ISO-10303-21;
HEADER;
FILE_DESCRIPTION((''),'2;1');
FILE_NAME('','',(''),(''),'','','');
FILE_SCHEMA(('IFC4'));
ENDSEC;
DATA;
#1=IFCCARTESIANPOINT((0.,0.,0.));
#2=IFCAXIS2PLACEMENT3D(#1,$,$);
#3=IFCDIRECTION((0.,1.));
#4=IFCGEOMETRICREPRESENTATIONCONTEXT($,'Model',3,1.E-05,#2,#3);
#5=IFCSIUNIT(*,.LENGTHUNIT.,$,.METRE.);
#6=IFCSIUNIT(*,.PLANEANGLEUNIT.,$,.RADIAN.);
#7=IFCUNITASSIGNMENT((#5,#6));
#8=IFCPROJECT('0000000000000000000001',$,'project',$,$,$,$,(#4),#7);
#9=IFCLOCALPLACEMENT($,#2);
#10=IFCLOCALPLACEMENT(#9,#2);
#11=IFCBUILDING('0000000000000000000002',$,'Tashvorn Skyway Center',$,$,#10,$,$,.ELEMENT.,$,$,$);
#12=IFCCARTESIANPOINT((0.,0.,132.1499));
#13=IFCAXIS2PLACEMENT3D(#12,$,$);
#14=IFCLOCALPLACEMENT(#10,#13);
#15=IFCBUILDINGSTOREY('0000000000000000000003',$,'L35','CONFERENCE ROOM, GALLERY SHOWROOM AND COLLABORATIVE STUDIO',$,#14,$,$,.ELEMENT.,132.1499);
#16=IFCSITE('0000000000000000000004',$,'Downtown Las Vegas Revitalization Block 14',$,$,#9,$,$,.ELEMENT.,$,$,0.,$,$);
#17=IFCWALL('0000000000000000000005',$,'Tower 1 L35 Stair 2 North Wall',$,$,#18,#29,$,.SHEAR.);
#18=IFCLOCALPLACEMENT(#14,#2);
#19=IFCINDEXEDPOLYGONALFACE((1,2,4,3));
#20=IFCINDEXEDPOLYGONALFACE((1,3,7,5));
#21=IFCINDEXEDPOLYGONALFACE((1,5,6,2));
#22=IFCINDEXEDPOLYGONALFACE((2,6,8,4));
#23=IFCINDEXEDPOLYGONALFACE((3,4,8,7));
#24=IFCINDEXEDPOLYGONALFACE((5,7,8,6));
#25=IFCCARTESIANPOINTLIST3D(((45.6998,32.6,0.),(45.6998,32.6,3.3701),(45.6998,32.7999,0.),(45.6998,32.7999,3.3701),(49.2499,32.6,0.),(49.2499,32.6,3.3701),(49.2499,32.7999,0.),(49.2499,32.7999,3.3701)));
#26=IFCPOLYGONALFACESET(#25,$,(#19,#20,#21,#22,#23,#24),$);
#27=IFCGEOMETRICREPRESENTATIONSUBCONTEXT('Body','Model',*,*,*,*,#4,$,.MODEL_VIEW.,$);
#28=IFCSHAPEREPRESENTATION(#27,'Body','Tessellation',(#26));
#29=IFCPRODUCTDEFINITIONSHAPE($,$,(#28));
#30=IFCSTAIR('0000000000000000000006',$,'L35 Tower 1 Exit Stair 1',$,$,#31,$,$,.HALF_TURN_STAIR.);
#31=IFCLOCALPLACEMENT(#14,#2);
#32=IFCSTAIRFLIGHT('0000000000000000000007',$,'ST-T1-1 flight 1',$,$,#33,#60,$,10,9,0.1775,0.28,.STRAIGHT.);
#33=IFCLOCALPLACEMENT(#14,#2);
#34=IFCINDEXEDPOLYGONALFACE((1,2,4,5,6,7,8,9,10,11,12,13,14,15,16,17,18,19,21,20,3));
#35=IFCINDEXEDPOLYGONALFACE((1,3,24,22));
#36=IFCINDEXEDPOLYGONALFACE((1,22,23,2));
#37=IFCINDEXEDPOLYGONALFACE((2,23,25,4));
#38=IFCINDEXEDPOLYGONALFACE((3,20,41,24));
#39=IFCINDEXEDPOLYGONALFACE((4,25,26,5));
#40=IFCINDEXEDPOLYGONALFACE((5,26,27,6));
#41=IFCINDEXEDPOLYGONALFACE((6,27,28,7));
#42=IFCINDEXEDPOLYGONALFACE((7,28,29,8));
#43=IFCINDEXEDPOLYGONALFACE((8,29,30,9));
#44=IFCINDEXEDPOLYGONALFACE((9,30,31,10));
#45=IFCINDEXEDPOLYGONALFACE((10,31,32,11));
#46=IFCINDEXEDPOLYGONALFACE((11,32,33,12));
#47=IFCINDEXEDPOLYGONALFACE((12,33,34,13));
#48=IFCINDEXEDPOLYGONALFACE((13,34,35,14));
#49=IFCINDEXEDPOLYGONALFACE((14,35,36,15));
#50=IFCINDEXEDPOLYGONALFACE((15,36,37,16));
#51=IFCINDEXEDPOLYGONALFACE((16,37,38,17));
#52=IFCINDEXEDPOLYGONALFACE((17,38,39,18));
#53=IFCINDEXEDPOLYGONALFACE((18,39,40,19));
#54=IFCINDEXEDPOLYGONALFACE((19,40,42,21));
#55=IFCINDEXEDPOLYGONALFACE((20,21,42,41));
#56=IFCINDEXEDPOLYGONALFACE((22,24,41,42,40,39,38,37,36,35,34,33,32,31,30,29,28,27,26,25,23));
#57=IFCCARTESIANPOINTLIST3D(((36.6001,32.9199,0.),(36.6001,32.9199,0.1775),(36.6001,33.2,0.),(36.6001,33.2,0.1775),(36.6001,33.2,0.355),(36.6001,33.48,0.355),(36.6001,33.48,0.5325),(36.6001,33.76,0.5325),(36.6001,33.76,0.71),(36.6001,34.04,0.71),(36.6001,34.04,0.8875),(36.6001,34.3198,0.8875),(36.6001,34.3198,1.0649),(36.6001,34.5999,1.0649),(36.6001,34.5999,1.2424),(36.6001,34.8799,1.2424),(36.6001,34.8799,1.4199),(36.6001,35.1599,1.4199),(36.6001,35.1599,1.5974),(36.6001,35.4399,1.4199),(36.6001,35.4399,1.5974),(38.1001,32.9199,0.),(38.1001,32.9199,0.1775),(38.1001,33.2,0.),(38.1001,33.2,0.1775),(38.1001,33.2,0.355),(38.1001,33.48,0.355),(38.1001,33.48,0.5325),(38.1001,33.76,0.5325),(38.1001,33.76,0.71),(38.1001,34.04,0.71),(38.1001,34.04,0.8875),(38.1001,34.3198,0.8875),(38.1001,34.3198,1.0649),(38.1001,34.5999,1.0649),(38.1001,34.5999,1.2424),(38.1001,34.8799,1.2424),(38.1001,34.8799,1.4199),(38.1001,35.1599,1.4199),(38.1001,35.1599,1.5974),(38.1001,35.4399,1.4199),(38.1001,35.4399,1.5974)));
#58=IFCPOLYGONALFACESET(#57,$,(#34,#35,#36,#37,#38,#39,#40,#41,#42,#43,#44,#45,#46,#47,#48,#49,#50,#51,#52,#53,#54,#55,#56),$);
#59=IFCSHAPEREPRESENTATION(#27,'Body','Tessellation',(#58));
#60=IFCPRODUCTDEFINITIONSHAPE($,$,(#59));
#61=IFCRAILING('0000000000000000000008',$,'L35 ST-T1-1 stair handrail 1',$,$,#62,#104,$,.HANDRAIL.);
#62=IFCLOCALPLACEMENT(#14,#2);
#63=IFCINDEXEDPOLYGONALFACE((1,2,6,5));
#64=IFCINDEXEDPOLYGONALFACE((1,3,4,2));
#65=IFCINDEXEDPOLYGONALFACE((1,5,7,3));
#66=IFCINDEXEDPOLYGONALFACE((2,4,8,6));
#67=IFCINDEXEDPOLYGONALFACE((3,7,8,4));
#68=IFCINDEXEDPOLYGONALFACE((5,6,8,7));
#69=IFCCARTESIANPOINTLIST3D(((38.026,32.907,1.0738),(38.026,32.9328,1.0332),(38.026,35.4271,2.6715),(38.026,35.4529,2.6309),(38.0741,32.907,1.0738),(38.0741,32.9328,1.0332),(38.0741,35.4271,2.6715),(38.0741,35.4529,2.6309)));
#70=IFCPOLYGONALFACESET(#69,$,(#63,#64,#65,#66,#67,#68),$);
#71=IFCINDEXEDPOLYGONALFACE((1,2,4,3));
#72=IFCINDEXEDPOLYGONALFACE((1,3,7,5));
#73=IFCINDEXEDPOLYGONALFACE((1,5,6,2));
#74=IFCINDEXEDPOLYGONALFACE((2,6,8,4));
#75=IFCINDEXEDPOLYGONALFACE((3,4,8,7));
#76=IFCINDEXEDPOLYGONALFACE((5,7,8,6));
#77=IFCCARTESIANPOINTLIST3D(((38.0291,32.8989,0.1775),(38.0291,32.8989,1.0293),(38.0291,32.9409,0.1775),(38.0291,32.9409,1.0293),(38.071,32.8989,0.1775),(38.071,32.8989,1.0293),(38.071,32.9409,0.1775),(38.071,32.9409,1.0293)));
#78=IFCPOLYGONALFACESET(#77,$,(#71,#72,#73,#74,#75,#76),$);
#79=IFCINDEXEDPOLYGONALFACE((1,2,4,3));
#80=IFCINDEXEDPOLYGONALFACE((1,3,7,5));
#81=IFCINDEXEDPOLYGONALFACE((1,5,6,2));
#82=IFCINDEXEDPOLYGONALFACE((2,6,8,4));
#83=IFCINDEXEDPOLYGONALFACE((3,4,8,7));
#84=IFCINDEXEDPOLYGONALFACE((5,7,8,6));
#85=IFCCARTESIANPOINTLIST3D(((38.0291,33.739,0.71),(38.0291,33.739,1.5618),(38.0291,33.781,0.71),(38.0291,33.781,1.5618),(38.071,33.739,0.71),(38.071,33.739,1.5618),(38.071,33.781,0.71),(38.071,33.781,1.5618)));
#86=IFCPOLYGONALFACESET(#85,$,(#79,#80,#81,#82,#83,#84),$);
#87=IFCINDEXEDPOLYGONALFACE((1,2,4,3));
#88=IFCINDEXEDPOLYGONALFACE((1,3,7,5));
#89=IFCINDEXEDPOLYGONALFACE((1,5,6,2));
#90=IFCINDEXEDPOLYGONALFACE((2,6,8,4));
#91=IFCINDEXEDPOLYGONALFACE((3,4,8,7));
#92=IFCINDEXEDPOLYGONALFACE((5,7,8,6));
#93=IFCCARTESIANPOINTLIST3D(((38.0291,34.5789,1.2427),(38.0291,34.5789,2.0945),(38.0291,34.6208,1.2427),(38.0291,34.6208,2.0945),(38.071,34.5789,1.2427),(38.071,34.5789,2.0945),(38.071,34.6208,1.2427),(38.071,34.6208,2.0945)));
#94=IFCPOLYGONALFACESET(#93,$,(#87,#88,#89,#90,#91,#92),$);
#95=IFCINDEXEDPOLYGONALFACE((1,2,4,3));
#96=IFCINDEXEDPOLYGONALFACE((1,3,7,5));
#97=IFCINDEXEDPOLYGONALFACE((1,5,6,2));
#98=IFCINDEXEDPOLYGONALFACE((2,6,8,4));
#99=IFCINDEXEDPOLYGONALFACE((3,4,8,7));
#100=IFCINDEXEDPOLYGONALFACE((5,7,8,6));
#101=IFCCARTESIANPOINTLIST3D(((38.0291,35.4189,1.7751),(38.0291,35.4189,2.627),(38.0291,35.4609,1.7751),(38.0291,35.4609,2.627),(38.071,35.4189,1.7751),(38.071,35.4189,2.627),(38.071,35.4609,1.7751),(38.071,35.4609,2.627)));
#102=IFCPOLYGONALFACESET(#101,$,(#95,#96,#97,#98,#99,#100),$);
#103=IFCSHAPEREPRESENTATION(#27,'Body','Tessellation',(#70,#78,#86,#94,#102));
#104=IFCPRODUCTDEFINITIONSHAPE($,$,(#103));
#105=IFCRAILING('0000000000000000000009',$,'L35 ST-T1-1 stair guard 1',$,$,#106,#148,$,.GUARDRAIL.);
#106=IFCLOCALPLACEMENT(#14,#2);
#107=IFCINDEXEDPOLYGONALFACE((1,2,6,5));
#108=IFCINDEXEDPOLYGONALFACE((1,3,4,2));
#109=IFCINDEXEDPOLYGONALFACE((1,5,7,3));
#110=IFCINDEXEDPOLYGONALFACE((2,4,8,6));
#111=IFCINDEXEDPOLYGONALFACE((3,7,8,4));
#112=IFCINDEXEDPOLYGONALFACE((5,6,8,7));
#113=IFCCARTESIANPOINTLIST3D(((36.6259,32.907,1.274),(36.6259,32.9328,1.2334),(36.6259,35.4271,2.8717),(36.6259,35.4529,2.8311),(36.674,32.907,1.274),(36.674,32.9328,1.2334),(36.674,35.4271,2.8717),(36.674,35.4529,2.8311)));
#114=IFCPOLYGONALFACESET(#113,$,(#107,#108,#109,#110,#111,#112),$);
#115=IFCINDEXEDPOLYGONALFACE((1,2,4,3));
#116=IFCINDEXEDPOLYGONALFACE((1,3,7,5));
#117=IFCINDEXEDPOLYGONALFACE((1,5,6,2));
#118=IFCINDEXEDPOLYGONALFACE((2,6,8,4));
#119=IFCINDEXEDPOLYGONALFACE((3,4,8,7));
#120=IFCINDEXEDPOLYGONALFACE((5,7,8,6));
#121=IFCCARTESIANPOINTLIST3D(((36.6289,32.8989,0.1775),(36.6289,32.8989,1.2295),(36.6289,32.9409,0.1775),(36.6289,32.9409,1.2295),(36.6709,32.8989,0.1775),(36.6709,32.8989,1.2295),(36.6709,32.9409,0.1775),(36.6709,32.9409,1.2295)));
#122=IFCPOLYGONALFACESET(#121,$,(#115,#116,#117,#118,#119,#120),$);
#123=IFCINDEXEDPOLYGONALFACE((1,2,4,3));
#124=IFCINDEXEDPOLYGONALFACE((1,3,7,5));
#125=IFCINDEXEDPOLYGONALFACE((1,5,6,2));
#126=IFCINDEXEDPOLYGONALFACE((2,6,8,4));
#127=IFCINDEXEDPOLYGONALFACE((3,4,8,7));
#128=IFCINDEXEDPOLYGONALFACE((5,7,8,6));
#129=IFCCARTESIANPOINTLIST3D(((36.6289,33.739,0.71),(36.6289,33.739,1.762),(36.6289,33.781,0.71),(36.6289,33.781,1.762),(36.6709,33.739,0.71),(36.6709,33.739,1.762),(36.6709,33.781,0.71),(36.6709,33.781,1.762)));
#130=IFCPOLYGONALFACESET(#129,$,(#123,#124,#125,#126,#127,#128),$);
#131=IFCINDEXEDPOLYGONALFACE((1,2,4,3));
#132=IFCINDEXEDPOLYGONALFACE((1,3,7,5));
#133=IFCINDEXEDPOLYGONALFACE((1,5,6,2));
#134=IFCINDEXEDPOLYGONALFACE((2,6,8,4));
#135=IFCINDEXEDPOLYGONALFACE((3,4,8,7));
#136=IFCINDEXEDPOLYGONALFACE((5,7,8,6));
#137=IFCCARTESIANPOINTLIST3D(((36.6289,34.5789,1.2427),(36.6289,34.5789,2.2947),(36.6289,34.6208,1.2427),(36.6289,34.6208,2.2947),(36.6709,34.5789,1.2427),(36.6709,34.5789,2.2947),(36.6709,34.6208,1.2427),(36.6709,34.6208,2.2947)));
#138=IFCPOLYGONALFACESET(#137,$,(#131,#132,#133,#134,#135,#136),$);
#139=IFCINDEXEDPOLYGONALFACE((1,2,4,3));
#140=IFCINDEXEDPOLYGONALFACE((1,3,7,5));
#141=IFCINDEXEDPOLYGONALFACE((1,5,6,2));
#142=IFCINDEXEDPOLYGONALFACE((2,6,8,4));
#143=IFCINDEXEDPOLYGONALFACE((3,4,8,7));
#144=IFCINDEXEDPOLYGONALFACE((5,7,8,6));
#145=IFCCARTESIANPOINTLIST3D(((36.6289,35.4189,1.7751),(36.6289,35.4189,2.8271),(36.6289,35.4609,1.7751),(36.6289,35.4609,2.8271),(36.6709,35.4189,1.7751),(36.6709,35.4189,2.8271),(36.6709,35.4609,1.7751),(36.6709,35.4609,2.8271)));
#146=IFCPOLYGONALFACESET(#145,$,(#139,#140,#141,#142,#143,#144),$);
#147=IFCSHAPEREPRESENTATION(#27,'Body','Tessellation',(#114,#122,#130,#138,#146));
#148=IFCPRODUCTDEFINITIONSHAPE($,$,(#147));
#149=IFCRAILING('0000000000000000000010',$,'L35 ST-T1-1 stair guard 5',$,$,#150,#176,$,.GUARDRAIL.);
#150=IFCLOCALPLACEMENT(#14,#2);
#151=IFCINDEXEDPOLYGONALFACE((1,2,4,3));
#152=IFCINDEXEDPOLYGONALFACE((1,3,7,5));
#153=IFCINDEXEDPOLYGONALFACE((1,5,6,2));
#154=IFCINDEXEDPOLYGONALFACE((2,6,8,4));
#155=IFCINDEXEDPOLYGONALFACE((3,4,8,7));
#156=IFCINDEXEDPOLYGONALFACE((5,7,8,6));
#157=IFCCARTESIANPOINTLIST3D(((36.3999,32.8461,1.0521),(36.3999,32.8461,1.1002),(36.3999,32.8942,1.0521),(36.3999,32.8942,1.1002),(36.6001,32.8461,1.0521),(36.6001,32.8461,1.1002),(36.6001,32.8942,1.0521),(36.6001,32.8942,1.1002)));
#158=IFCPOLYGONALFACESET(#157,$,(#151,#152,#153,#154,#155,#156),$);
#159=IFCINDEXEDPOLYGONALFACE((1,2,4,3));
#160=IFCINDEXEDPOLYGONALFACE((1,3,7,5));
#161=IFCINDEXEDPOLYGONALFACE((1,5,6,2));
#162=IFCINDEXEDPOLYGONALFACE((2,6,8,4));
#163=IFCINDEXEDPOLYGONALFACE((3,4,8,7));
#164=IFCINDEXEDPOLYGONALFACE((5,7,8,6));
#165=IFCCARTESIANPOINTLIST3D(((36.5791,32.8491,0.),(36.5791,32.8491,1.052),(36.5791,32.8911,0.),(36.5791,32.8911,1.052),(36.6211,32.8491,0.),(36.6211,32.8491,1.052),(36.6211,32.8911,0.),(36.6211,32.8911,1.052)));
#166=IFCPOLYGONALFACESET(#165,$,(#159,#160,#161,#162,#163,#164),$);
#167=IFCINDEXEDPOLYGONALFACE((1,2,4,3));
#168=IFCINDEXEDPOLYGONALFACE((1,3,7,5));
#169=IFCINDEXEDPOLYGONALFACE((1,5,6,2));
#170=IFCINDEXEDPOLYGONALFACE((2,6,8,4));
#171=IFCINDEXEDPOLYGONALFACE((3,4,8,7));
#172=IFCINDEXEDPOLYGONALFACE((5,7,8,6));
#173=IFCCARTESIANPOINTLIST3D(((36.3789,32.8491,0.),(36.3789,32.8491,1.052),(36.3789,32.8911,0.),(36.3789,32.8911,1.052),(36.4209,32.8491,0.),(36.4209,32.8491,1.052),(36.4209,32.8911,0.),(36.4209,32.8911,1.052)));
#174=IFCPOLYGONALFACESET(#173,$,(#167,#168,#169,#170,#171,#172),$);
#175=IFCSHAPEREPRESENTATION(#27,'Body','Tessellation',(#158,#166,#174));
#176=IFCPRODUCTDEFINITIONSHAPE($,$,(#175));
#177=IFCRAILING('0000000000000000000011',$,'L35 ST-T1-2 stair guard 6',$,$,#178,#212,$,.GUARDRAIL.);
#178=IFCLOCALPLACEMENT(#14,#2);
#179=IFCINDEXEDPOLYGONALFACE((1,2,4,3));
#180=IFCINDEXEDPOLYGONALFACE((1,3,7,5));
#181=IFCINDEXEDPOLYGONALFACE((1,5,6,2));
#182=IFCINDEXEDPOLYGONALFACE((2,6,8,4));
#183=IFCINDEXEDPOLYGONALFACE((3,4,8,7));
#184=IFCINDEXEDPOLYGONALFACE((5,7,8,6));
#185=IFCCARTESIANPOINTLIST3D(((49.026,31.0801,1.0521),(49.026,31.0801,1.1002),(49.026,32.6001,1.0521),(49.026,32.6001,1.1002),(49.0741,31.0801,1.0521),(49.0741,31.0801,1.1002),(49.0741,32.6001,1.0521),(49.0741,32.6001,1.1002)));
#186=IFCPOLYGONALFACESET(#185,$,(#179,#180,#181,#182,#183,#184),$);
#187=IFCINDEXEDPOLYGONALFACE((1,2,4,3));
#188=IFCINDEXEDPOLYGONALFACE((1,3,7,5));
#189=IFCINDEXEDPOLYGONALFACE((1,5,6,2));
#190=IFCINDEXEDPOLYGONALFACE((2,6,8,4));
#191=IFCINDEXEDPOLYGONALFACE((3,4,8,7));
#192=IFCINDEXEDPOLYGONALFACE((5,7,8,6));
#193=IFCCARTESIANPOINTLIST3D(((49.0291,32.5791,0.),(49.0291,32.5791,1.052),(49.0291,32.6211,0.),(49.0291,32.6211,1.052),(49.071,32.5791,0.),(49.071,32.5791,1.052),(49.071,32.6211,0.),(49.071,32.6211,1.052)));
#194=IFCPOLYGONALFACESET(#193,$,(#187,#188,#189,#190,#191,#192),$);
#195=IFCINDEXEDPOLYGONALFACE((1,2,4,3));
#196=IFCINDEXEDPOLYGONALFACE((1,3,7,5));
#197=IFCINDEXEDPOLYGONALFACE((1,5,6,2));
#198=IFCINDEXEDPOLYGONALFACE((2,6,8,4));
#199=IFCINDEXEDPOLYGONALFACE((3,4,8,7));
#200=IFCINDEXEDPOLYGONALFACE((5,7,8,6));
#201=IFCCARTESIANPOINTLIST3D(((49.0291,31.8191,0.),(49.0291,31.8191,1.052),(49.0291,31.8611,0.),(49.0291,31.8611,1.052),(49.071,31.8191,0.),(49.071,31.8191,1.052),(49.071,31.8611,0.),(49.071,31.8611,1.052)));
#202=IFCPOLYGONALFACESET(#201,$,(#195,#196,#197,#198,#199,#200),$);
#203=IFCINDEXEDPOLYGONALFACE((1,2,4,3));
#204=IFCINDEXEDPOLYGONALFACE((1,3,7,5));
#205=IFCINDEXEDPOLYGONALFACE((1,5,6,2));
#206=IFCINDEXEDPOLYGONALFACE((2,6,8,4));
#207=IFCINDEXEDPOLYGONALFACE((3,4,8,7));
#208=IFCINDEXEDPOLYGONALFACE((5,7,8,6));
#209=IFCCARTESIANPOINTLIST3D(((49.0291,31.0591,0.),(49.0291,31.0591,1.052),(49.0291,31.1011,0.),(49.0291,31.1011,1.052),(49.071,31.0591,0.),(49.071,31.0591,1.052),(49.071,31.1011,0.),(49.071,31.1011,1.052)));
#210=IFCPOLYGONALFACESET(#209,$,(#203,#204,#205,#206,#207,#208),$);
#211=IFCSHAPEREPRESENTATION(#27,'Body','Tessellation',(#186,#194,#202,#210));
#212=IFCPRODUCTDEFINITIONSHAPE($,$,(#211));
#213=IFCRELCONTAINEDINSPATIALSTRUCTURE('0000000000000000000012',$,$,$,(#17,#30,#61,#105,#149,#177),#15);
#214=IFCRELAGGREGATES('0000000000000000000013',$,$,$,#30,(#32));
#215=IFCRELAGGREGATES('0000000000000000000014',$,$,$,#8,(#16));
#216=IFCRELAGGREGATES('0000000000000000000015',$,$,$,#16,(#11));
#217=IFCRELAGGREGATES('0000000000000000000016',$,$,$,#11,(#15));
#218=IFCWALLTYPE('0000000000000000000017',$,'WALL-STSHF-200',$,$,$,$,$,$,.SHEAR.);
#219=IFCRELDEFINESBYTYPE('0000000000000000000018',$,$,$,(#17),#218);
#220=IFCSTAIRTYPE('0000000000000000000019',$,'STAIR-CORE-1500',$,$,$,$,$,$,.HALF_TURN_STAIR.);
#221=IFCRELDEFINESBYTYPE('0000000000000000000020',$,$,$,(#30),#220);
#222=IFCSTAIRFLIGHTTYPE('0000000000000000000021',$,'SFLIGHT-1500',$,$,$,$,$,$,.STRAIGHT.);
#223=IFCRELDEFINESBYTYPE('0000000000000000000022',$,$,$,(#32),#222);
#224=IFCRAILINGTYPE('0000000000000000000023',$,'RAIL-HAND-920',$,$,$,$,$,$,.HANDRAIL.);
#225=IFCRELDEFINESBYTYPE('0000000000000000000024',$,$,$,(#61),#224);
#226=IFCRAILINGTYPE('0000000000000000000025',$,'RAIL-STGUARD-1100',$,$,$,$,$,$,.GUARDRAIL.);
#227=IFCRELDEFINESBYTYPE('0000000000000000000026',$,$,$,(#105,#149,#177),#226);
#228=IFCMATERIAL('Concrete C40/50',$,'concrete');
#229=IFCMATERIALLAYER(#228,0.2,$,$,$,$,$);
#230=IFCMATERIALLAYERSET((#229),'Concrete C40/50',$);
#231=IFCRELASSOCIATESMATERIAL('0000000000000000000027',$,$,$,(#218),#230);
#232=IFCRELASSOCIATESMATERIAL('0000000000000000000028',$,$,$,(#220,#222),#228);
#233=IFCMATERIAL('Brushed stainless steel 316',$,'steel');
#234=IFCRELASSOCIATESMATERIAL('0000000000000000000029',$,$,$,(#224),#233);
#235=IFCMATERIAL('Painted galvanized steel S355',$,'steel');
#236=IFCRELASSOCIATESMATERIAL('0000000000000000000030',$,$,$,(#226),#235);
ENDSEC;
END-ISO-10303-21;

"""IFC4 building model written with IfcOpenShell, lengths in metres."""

from ifc_helpers import new_model, si_unit, direction, frame, frame_2d, origin, origin_2d, place, context, subcontext, project, spatial, polyline, rectangle, outline, extrude, material, layer, layer_set, type_object, element, aggregate, save


model = new_model("IFC4")

# Units and contexts
model_context = context("Model", 3, precision=1e-05, world=origin(), true_north=direction((0.0, 1.0)))
body_context = subcontext(model_context, "Body", "Model", "MODEL_VIEW")
ifc_project = project(units=[si_unit("LENGTHUNIT", "METRE"), si_unit("PLANEANGLEUNIT", "RADIAN")], contexts=[model_context])

# Site, building, storey
site_placement = place(None, origin())
site = spatial("IfcSite", under=ifc_project, at=site_placement, Name="Downtown Las Vegas Revitalization Block 14", CompositionType="ELEMENT", RefElevation=0.0)
building_placement = place(site_placement, origin())
building = spatial("IfcBuilding", under=site, at=building_placement, Name="Tashvorn Skyway Center", CompositionType="ELEMENT")
storey_placement = place(building_placement, frame((0.0, 0.0, 132.1499)))
storey = spatial("IfcBuildingStorey", under=building, at=storey_placement, Name="L35", Description="CONFERENCE ROOM, GALLERY SHOWROOM AND COLLABORATIVE STUDIO", CompositionType="ELEMENT", Elevation=132.1499)

# Shared definitions
ifc_material_1 = material(Name="Concrete C40/50", Category="concrete")

# Shared definitions
ifc_layer_1 = layer(ifc_material_1, 0.2)
ifc_layer_set_1 = layer_set([ifc_layer_1], Name="Concrete C40/50")
wall_type_1 = type_object("IfcWallType", Name="WALL-STSHF-200", PredefinedType="SHEAR", material=ifc_layer_set_1)

# Wall
wall_1_placement = place(storey_placement, frame((45.7, 32.7, 0.0), z_axis=(0.0, 0.0, 1.0), x_axis=(1.0, 0.0, 0.0)))
element("IfcWall", 1, at=wall_1_placement, inside=storey, type_object=wall_type_1, Name="Tower 1 L35 Stair 2 North Wall", PredefinedType="SHEAR", context=body_context, shape_type="SweptSolid", body=[
    extrude(rectangle(XDim=3.55, YDim=0.2, at=frame_2d((1.7749, 0.0))), origin(), (0.0, 0.0, 1.0), 3.3701),
])

# Stair, stair flight
stair_type = type_object("IfcStairType", Name="STAIR-CORE-1500", PredefinedType="HALF_TURN_STAIR", material=ifc_material_1)
stair_placement = place(storey_placement, origin())
stair = element("IfcStair", 2, at=stair_placement, inside=storey, type_object=stair_type, Name="L35 Tower 1 Exit Stair 1", PredefinedType="HALF_TURN_STAIR")
stair_flight_type = type_object("IfcStairFlightType", Name="SFLIGHT-1500", PredefinedType="STRAIGHT", material=ifc_material_1)
stair_flight_placement = place(storey_placement, frame((37.3501, 32.9199, 0.0), z_axis=(0.0, 0.0, 1.0), x_axis=(0.0, 1.0, 0.0)))
stair_flight = element("IfcStairFlight", 3, at=stair_flight_placement, type_object=stair_flight_type, Name="ST-T1-1 flight 1", NumberOfRisers=10, NumberOfTreads=9, PredefinedType="STRAIGHT", RiserHeight=0.1775, TreadLength=0.28, context=body_context, shape_type="SweptSolid", body=[
    extrude(outline(polyline([(0.0, 0.0), (0.0, 0.1775), (0.28, 0.1775), (0.28, 0.355), (0.5601, 0.355), (0.5601, 0.5325), (0.8401, 0.5325), (0.8401, 0.71), (1.1201, 0.71), (1.1201, 0.8875), (1.3999, 0.8875), (1.3999, 1.0649), (1.6799, 1.0649), (1.6799, 1.2424), (1.96, 1.2424), (1.96, 1.4199), (2.24, 1.4199), (2.24, 1.5974), (2.52, 1.5974), (2.52, 1.7749), (2.52, 1.4199), (0.28, 0.0), (0.0, 0.0)])), frame((0.0, 0.75, 0.0), z_axis=(0.0, -1.0, 0.0), x_axis=(1.0, 0.0, 0.0)), (0.0, 0.0, 1.0), 1.5),
])
aggregate(stair, [stair_flight])

# Railings
ifc_material_2 = material(Name="Brushed stainless steel 316", Category="steel")
railing_type_1 = type_object("IfcRailingType", Name="RAIL-HAND-920", PredefinedType="HANDRAIL", material=ifc_material_2)
railing_1_placement = place(storey_placement, frame((38.05, 32.9199, 0.1775)))
element("IfcRailing", 4, at=railing_1_placement, inside=storey, type_object=railing_type_1, Name="L35 ST-T1-1 stair handrail 1", PredefinedType="HANDRAIL", context=body_context, shape_type="SweptSolid", body=[
    extrude(rectangle(XDim=0.0481, YDim=0.0481, at=origin_2d()), frame((0.0, 0.0, 0.876), z_axis=(0.0, 0.84457, 0.535445), x_axis=(-1.0, 0.0, 0.0)), (0.0, 0.0, 1.0), 2.9839),
    extrude(rectangle(XDim=0.042, YDim=0.042, at=origin_2d()), origin(), (0.0, 0.0, 1.0), 0.8518),
    extrude(rectangle(XDim=0.042, YDim=0.042, at=origin_2d()), frame((0.0, 0.8401, 0.5325)), (0.0, 0.0, 1.0), 0.8518),
    extrude(rectangle(XDim=0.042, YDim=0.042, at=origin_2d()), frame((0.0, 1.6799, 1.0652)), (0.0, 0.0, 1.0), 0.8518),
    extrude(rectangle(XDim=0.042, YDim=0.042, at=origin_2d()), frame((0.0, 2.52, 1.5977)), (0.0, 0.0, 1.0), 0.8518),
])
ifc_material_3 = material(Name="Painted galvanized steel S355", Category="steel")
railing_type_2 = type_object("IfcRailingType", Name="RAIL-STGUARD-1100", PredefinedType="GUARDRAIL", material=ifc_material_3)
railing_2_placement = place(storey_placement, frame((36.6499, 32.9199, 0.1775)))
element("IfcRailing", 5, at=railing_2_placement, inside=storey, type_object=railing_type_2, Name="L35 ST-T1-1 stair guard 1", PredefinedType="GUARDRAIL", context=body_context, shape_type="SweptSolid", body=[
    extrude(rectangle(XDim=0.0481, YDim=0.0481, at=origin_2d()), frame((0.0, 0.0, 1.0762), z_axis=(0.0, 0.84457, 0.535445), x_axis=(-1.0, 0.0, 0.0)), (0.0, 0.0, 1.0), 2.9839),
    extrude(rectangle(XDim=0.042, YDim=0.042, at=origin_2d()), origin(), (0.0, 0.0, 1.0), 1.052),
    extrude(rectangle(XDim=0.042, YDim=0.042, at=origin_2d()), frame((0.0, 0.8401, 0.5325)), (0.0, 0.0, 1.0), 1.052),
    extrude(rectangle(XDim=0.042, YDim=0.042, at=origin_2d()), frame((0.0, 1.6799, 1.0652)), (0.0, 0.0, 1.0), 1.052),
    extrude(rectangle(XDim=0.042, YDim=0.042, at=origin_2d()), frame((0.0, 2.52, 1.5977)), (0.0, 0.0, 1.0), 1.052),
])
railing_3_placement = place(storey_placement, frame((36.6001, 32.8701, 0.0)))
element("IfcRailing", 6, at=railing_3_placement, inside=storey, type_object=railing_type_2, Name="L35 ST-T1-1 stair guard 5", PredefinedType="GUARDRAIL", context=body_context, shape_type="SweptSolid", body=[
    extrude(rectangle(XDim=0.0481, YDim=0.0481, at=origin_2d()), frame((0.0, 0.0, 1.0762), z_axis=(-1.0, 0.0, 0.0), x_axis=(0.0, -1.0, 0.0)), (0.0, 0.0, 1.0), 0.2002),
    extrude(rectangle(XDim=0.042, YDim=0.042, at=origin_2d()), origin(), (0.0, 0.0, 1.0), 1.052),
    extrude(rectangle(XDim=0.042, YDim=0.042, at=origin_2d()), frame((-0.2002, 0.0, 0.0)), (0.0, 0.0, 1.0), 1.052),
])
railing_4_placement = place(storey_placement, frame((49.05, 32.6001, 0.0)))
element("IfcRailing", 7, at=railing_4_placement, inside=storey, type_object=railing_type_2, Name="L35 ST-T1-2 stair guard 6", PredefinedType="GUARDRAIL", context=body_context, shape_type="SweptSolid", body=[
    extrude(rectangle(XDim=0.0481, YDim=0.0481, at=origin_2d()), frame((0.0, 0.0, 1.0762), z_axis=(0.0, -1.0, 0.0), x_axis=(1.0, 0.0, 0.0)), (0.0, 0.0, 1.0), 1.52),
    extrude(rectangle(XDim=0.042, YDim=0.042, at=origin_2d()), origin(), (0.0, 0.0, 1.0), 1.052),
    extrude(rectangle(XDim=0.042, YDim=0.042, at=origin_2d()), frame((0.0, -0.76, 0.0)), (0.0, 0.0, 1.0), 1.052),
    extrude(rectangle(XDim=0.042, YDim=0.042, at=origin_2d()), frame((0.0, -1.52, 0.0)), (0.0, 0.0, 1.0), 1.052),
])

save(model, "model.ifc")
